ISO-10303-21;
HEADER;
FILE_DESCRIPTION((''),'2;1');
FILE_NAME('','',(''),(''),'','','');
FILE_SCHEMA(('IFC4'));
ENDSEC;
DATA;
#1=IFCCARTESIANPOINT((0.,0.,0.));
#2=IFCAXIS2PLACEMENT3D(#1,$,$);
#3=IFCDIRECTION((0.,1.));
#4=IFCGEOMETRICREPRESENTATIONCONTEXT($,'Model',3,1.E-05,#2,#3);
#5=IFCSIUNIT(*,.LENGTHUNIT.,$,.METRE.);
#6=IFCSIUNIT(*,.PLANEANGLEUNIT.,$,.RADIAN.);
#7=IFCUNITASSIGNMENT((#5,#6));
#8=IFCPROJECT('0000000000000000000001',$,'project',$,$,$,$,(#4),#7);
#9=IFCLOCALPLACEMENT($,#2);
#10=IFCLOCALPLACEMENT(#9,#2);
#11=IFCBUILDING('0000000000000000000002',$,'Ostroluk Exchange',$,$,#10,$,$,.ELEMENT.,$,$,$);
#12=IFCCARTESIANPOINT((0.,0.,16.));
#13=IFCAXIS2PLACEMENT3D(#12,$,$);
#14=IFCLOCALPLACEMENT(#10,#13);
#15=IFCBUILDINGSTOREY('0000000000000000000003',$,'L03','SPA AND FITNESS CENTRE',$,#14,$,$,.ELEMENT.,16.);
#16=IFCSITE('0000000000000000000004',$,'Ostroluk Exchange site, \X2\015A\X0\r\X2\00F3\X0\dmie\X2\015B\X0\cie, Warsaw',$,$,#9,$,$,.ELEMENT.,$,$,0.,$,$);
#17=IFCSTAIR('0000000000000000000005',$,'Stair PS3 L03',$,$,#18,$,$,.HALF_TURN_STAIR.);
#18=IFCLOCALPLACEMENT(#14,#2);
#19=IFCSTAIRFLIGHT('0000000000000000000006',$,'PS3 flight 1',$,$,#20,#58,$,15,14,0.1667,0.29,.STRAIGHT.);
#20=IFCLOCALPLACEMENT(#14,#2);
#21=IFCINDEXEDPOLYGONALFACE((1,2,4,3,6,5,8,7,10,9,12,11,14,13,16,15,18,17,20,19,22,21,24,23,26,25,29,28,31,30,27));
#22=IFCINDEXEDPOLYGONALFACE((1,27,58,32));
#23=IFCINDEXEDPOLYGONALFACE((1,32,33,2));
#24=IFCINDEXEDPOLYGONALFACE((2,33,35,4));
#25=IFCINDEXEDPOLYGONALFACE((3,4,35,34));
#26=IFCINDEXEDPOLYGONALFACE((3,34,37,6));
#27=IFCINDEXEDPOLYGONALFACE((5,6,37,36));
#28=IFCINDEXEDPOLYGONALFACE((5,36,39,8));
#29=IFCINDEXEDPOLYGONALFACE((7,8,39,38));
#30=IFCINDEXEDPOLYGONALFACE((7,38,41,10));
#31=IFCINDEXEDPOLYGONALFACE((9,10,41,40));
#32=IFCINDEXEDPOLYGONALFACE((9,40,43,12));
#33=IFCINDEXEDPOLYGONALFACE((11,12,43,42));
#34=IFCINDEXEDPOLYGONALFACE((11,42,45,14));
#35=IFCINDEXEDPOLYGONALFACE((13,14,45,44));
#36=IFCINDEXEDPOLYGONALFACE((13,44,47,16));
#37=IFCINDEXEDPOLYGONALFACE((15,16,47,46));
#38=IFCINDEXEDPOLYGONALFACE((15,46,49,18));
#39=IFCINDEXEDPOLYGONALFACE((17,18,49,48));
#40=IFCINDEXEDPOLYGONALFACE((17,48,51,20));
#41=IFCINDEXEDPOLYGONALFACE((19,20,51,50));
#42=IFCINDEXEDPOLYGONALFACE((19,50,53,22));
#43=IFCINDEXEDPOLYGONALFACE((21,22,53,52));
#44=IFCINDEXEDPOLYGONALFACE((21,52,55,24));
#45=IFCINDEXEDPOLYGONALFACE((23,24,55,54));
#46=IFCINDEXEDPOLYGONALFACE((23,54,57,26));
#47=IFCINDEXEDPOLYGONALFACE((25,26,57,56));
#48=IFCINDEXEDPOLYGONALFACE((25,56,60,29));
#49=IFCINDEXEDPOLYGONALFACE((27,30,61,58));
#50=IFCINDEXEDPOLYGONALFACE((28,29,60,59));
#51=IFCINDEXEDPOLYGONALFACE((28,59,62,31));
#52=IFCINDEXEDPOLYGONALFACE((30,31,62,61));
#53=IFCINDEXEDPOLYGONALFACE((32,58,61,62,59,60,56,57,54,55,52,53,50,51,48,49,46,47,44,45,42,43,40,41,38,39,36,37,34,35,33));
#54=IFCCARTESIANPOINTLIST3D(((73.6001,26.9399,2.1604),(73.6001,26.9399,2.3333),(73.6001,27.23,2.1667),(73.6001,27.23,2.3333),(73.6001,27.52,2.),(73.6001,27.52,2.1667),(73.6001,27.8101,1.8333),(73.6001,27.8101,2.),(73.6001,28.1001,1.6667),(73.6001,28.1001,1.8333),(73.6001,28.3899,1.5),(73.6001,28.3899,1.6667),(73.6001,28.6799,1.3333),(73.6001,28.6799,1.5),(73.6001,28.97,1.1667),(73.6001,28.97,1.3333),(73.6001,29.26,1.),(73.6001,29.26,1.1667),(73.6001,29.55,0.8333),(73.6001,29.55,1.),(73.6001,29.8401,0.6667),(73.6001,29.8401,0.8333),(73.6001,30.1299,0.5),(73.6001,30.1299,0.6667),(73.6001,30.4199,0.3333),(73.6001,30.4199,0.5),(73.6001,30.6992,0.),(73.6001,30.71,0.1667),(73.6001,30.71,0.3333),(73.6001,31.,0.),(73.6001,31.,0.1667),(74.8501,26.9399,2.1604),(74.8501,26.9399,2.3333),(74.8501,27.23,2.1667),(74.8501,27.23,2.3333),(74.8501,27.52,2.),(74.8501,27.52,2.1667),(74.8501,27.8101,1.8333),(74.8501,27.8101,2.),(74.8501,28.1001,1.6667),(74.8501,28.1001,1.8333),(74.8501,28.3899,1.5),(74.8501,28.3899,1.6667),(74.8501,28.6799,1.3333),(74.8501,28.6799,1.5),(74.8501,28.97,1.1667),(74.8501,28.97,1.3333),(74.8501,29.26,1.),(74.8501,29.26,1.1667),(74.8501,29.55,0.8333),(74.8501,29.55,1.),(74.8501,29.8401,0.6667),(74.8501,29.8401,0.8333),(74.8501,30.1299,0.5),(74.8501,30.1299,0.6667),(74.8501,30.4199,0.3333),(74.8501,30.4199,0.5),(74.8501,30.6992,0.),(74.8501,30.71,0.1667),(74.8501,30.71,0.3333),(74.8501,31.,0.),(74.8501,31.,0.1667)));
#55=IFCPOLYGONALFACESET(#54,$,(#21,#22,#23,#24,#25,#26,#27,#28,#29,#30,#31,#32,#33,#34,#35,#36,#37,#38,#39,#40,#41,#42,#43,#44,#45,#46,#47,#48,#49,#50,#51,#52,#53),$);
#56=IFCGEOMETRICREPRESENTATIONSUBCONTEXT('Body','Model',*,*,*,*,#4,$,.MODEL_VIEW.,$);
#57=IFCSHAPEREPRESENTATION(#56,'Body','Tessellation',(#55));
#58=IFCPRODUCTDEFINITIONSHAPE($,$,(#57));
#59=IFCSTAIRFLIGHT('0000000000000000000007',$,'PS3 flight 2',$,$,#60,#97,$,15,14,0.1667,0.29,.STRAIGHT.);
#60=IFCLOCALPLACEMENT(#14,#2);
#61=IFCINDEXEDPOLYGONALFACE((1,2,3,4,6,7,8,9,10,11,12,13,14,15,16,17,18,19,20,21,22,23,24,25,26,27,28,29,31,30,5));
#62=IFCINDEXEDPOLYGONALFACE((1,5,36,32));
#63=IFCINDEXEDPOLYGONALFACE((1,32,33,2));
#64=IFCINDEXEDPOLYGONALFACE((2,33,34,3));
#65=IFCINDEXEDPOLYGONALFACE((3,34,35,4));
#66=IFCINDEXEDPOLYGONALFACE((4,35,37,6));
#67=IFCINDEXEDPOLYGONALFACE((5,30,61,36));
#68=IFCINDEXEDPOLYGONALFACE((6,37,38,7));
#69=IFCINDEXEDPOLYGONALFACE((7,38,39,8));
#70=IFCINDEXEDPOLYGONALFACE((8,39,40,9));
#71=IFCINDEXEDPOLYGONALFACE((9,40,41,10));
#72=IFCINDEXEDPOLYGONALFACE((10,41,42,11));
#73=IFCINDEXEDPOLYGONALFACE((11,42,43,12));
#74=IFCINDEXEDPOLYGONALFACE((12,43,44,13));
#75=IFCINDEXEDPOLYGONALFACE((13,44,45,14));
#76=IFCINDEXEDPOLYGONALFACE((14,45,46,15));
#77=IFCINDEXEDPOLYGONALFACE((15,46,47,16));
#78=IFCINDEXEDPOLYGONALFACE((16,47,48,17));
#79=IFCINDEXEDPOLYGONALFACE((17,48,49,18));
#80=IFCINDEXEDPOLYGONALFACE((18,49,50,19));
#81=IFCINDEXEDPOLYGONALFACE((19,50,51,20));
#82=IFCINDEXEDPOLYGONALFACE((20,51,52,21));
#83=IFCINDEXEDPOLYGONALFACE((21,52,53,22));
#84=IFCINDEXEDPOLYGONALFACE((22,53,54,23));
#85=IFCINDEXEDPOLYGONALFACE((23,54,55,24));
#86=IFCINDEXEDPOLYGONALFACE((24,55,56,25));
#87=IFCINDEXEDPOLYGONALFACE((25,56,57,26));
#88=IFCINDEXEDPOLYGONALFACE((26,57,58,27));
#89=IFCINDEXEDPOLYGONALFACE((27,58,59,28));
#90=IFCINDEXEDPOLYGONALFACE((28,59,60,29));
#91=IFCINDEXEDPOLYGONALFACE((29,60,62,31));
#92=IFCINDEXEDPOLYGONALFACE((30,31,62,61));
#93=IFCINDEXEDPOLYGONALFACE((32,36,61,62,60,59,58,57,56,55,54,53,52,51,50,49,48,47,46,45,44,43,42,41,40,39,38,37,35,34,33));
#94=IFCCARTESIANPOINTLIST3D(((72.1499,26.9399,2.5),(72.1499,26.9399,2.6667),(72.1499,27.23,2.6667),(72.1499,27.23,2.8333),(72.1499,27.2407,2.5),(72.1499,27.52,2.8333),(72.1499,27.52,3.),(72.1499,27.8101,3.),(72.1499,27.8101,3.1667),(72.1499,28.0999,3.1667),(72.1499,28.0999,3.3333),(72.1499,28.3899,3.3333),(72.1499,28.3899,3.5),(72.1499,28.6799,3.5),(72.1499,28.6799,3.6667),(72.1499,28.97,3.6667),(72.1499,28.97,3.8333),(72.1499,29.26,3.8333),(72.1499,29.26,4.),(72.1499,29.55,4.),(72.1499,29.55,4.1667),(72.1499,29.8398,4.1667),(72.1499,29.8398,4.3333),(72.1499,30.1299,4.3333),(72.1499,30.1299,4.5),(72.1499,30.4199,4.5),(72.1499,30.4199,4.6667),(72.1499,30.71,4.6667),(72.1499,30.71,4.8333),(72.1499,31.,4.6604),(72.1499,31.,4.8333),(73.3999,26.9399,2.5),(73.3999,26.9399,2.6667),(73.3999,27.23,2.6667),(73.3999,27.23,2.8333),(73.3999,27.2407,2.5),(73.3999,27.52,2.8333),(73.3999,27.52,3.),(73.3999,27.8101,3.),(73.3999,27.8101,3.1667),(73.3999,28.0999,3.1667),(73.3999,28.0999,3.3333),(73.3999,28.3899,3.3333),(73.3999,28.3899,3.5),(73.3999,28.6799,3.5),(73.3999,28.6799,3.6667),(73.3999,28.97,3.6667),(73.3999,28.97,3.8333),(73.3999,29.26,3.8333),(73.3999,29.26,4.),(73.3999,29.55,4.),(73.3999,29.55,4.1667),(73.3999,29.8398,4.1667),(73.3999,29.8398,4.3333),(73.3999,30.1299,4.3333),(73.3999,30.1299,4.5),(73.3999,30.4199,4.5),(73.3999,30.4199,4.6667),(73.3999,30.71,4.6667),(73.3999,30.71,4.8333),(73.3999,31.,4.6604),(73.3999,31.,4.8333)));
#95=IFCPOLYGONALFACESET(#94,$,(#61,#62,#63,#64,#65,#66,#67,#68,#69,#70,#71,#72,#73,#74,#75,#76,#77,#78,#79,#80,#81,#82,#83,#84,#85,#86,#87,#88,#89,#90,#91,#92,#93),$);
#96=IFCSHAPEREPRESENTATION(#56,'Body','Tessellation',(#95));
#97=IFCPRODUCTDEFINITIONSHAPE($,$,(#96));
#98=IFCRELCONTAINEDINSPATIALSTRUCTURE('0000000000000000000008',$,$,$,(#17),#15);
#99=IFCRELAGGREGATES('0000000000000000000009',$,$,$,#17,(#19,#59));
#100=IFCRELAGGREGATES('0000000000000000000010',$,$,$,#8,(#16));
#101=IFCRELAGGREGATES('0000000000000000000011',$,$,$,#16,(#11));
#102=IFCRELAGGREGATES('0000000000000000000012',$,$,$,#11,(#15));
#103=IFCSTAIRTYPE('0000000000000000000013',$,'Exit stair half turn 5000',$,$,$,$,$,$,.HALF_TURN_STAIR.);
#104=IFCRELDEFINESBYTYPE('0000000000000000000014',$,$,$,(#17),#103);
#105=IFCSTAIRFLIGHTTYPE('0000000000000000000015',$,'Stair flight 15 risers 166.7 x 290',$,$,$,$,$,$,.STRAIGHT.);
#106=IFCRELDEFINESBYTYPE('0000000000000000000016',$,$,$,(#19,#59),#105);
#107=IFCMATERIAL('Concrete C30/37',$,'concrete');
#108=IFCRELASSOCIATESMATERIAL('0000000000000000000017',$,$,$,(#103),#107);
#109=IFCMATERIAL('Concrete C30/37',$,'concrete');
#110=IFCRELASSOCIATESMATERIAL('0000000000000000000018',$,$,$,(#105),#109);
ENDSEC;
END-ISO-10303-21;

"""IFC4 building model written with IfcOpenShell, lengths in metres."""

from ifc_helpers import new_model, si_unit, direction, frame, origin, place, context, subcontext, project, spatial, polyline, outline, extrude, material, type_object, element, aggregate, save


model = new_model("IFC4")

# Units and contexts
model_context = context("Model", 3, precision=1e-05, world=origin(), true_north=direction((0.0, 1.0)))
body_context = subcontext(model_context, "Body", "Model", "MODEL_VIEW")
ifc_project = project(units=[si_unit("LENGTHUNIT", "METRE"), si_unit("PLANEANGLEUNIT", "RADIAN")], contexts=[model_context])

# Site, building, storey
site_placement = place(None, origin())
site = spatial("IfcSite", under=ifc_project, at=site_placement, Name="Ostroluk Exchange site, Śródmieście, Warsaw", CompositionType="ELEMENT", RefElevation=0.0)
building_placement = place(site_placement, origin())
building = spatial("IfcBuilding", under=site, at=building_placement, Name="Ostroluk Exchange", CompositionType="ELEMENT")
storey_placement = place(building_placement, frame((0.0, 0.0, 16.0)))
storey = spatial("IfcBuildingStorey", under=building, at=storey_placement, Name="L03", Description="SPA AND FITNESS CENTRE", CompositionType="ELEMENT", Elevation=16.0)

# Stair, stair flights
ifc_material_1 = material(Name="Concrete C30/37", Category="concrete")
stair_type = type_object("IfcStairType", Name="Exit stair half turn 5000", PredefinedType="HALF_TURN_STAIR", material=ifc_material_1)
stair_placement = place(storey_placement, origin())
stair = element("IfcStair", 1, at=stair_placement, inside=storey, type_object=stair_type, Name="Stair PS3 L03", PredefinedType="HALF_TURN_STAIR")
ifc_material_2 = material(Name="Concrete C30/37", Category="concrete")
stair_flight_type = type_object("IfcStairFlightType", Name="Stair flight 15 risers 166.7 x 290", PredefinedType="STRAIGHT", material=ifc_material_2)
stair_flight_1_placement = place(storey_placement, frame((74.2251, 31.0, 0.0), z_axis=(0.0, 0.0, 1.0), x_axis=(0.0, -1.0, 0.0)))
stair_flight_1 = element("IfcStairFlight", 2, at=stair_flight_1_placement, type_object=stair_flight_type, Name="PS3 flight 1", NumberOfRisers=15, NumberOfTreads=14, PredefinedType="STRAIGHT", RiserHeight=0.1667, TreadLength=0.29, context=body_context, shape_type="SweptSolid", body=[
    extrude(outline(polyline([(0.0, 0.0), (0.0, 0.1667), (0.29, 0.1667), (0.29, 0.3333), (0.5801, 0.3333), (0.5801, 0.5), (0.8701, 0.5), (0.8701, 0.6667), (1.1599, 0.6667), (1.1599, 0.8333), (1.45, 0.8333), (1.45, 1.0), (1.74, 1.0), (1.74, 1.1667), (2.03, 1.1667), (2.03, 1.3333), (2.3201, 1.3333), (2.3201, 1.5), (2.6101, 1.5), (2.6101, 1.6667), (2.8999, 1.6667), (2.8999, 1.8333), (3.1899, 1.8333), (3.1899, 2.0), (3.48, 2.0), (3.48, 2.1667), (3.77, 2.1667), (3.77, 2.3333), (4.0601, 2.3333), (4.0601, 2.5), (4.0601, 2.1604), (0.3008, 0.0), (0.0, 0.0)])), frame((0.0, 0.625, 0.0), z_axis=(0.0, -1.0, 0.0), x_axis=(1.0, 0.0, 0.0)), (0.0, 0.0, 1.0), 1.25),
])
stair_flight_2_placement = place(storey_placement, frame((72.7749, 26.9399, 2.5), z_axis=(0.0, 0.0, 1.0), x_axis=(0.0, 1.0, 0.0)))
stair_flight_2 = element("IfcStairFlight", 3, at=stair_flight_2_placement, type_object=stair_flight_type, Name="PS3 flight 2", NumberOfRisers=15, NumberOfTreads=14, PredefinedType="STRAIGHT", RiserHeight=0.1667, TreadLength=0.29, context=body_context, shape_type="SweptSolid", body=[
    extrude(outline(polyline([(0.0, 0.0), (0.0, 0.1667), (0.29, 0.1667), (0.29, 0.3333), (0.5801, 0.3333), (0.5801, 0.5), (0.8701, 0.5), (0.8701, 0.6667), (1.1599, 0.6667), (1.1599, 0.8333), (1.45, 0.8333), (1.45, 1.0), (1.74, 1.0), (1.74, 1.1667), (2.03, 1.1667), (2.03, 1.3333), (2.3201, 1.3333), (2.3201, 1.5), (2.6101, 1.5), (2.6101, 1.6667), (2.8999, 1.6667), (2.8999, 1.8333), (3.1899, 1.8333), (3.1899, 2.0), (3.48, 2.0), (3.48, 2.1667), (3.77, 2.1667), (3.77, 2.3333), (4.0601, 2.3333), (4.0601, 2.5), (4.0601, 2.1604), (0.3008, 0.0), (0.0, 0.0)])), frame((0.0, 0.625, 0.0), z_axis=(0.0, -1.0, 0.0), x_axis=(1.0, 0.0, 0.0)), (0.0, 0.0, 1.0), 1.25),
])
aggregate(stair, [stair_flight_1, stair_flight_2])

save(model, "model.ifc")
